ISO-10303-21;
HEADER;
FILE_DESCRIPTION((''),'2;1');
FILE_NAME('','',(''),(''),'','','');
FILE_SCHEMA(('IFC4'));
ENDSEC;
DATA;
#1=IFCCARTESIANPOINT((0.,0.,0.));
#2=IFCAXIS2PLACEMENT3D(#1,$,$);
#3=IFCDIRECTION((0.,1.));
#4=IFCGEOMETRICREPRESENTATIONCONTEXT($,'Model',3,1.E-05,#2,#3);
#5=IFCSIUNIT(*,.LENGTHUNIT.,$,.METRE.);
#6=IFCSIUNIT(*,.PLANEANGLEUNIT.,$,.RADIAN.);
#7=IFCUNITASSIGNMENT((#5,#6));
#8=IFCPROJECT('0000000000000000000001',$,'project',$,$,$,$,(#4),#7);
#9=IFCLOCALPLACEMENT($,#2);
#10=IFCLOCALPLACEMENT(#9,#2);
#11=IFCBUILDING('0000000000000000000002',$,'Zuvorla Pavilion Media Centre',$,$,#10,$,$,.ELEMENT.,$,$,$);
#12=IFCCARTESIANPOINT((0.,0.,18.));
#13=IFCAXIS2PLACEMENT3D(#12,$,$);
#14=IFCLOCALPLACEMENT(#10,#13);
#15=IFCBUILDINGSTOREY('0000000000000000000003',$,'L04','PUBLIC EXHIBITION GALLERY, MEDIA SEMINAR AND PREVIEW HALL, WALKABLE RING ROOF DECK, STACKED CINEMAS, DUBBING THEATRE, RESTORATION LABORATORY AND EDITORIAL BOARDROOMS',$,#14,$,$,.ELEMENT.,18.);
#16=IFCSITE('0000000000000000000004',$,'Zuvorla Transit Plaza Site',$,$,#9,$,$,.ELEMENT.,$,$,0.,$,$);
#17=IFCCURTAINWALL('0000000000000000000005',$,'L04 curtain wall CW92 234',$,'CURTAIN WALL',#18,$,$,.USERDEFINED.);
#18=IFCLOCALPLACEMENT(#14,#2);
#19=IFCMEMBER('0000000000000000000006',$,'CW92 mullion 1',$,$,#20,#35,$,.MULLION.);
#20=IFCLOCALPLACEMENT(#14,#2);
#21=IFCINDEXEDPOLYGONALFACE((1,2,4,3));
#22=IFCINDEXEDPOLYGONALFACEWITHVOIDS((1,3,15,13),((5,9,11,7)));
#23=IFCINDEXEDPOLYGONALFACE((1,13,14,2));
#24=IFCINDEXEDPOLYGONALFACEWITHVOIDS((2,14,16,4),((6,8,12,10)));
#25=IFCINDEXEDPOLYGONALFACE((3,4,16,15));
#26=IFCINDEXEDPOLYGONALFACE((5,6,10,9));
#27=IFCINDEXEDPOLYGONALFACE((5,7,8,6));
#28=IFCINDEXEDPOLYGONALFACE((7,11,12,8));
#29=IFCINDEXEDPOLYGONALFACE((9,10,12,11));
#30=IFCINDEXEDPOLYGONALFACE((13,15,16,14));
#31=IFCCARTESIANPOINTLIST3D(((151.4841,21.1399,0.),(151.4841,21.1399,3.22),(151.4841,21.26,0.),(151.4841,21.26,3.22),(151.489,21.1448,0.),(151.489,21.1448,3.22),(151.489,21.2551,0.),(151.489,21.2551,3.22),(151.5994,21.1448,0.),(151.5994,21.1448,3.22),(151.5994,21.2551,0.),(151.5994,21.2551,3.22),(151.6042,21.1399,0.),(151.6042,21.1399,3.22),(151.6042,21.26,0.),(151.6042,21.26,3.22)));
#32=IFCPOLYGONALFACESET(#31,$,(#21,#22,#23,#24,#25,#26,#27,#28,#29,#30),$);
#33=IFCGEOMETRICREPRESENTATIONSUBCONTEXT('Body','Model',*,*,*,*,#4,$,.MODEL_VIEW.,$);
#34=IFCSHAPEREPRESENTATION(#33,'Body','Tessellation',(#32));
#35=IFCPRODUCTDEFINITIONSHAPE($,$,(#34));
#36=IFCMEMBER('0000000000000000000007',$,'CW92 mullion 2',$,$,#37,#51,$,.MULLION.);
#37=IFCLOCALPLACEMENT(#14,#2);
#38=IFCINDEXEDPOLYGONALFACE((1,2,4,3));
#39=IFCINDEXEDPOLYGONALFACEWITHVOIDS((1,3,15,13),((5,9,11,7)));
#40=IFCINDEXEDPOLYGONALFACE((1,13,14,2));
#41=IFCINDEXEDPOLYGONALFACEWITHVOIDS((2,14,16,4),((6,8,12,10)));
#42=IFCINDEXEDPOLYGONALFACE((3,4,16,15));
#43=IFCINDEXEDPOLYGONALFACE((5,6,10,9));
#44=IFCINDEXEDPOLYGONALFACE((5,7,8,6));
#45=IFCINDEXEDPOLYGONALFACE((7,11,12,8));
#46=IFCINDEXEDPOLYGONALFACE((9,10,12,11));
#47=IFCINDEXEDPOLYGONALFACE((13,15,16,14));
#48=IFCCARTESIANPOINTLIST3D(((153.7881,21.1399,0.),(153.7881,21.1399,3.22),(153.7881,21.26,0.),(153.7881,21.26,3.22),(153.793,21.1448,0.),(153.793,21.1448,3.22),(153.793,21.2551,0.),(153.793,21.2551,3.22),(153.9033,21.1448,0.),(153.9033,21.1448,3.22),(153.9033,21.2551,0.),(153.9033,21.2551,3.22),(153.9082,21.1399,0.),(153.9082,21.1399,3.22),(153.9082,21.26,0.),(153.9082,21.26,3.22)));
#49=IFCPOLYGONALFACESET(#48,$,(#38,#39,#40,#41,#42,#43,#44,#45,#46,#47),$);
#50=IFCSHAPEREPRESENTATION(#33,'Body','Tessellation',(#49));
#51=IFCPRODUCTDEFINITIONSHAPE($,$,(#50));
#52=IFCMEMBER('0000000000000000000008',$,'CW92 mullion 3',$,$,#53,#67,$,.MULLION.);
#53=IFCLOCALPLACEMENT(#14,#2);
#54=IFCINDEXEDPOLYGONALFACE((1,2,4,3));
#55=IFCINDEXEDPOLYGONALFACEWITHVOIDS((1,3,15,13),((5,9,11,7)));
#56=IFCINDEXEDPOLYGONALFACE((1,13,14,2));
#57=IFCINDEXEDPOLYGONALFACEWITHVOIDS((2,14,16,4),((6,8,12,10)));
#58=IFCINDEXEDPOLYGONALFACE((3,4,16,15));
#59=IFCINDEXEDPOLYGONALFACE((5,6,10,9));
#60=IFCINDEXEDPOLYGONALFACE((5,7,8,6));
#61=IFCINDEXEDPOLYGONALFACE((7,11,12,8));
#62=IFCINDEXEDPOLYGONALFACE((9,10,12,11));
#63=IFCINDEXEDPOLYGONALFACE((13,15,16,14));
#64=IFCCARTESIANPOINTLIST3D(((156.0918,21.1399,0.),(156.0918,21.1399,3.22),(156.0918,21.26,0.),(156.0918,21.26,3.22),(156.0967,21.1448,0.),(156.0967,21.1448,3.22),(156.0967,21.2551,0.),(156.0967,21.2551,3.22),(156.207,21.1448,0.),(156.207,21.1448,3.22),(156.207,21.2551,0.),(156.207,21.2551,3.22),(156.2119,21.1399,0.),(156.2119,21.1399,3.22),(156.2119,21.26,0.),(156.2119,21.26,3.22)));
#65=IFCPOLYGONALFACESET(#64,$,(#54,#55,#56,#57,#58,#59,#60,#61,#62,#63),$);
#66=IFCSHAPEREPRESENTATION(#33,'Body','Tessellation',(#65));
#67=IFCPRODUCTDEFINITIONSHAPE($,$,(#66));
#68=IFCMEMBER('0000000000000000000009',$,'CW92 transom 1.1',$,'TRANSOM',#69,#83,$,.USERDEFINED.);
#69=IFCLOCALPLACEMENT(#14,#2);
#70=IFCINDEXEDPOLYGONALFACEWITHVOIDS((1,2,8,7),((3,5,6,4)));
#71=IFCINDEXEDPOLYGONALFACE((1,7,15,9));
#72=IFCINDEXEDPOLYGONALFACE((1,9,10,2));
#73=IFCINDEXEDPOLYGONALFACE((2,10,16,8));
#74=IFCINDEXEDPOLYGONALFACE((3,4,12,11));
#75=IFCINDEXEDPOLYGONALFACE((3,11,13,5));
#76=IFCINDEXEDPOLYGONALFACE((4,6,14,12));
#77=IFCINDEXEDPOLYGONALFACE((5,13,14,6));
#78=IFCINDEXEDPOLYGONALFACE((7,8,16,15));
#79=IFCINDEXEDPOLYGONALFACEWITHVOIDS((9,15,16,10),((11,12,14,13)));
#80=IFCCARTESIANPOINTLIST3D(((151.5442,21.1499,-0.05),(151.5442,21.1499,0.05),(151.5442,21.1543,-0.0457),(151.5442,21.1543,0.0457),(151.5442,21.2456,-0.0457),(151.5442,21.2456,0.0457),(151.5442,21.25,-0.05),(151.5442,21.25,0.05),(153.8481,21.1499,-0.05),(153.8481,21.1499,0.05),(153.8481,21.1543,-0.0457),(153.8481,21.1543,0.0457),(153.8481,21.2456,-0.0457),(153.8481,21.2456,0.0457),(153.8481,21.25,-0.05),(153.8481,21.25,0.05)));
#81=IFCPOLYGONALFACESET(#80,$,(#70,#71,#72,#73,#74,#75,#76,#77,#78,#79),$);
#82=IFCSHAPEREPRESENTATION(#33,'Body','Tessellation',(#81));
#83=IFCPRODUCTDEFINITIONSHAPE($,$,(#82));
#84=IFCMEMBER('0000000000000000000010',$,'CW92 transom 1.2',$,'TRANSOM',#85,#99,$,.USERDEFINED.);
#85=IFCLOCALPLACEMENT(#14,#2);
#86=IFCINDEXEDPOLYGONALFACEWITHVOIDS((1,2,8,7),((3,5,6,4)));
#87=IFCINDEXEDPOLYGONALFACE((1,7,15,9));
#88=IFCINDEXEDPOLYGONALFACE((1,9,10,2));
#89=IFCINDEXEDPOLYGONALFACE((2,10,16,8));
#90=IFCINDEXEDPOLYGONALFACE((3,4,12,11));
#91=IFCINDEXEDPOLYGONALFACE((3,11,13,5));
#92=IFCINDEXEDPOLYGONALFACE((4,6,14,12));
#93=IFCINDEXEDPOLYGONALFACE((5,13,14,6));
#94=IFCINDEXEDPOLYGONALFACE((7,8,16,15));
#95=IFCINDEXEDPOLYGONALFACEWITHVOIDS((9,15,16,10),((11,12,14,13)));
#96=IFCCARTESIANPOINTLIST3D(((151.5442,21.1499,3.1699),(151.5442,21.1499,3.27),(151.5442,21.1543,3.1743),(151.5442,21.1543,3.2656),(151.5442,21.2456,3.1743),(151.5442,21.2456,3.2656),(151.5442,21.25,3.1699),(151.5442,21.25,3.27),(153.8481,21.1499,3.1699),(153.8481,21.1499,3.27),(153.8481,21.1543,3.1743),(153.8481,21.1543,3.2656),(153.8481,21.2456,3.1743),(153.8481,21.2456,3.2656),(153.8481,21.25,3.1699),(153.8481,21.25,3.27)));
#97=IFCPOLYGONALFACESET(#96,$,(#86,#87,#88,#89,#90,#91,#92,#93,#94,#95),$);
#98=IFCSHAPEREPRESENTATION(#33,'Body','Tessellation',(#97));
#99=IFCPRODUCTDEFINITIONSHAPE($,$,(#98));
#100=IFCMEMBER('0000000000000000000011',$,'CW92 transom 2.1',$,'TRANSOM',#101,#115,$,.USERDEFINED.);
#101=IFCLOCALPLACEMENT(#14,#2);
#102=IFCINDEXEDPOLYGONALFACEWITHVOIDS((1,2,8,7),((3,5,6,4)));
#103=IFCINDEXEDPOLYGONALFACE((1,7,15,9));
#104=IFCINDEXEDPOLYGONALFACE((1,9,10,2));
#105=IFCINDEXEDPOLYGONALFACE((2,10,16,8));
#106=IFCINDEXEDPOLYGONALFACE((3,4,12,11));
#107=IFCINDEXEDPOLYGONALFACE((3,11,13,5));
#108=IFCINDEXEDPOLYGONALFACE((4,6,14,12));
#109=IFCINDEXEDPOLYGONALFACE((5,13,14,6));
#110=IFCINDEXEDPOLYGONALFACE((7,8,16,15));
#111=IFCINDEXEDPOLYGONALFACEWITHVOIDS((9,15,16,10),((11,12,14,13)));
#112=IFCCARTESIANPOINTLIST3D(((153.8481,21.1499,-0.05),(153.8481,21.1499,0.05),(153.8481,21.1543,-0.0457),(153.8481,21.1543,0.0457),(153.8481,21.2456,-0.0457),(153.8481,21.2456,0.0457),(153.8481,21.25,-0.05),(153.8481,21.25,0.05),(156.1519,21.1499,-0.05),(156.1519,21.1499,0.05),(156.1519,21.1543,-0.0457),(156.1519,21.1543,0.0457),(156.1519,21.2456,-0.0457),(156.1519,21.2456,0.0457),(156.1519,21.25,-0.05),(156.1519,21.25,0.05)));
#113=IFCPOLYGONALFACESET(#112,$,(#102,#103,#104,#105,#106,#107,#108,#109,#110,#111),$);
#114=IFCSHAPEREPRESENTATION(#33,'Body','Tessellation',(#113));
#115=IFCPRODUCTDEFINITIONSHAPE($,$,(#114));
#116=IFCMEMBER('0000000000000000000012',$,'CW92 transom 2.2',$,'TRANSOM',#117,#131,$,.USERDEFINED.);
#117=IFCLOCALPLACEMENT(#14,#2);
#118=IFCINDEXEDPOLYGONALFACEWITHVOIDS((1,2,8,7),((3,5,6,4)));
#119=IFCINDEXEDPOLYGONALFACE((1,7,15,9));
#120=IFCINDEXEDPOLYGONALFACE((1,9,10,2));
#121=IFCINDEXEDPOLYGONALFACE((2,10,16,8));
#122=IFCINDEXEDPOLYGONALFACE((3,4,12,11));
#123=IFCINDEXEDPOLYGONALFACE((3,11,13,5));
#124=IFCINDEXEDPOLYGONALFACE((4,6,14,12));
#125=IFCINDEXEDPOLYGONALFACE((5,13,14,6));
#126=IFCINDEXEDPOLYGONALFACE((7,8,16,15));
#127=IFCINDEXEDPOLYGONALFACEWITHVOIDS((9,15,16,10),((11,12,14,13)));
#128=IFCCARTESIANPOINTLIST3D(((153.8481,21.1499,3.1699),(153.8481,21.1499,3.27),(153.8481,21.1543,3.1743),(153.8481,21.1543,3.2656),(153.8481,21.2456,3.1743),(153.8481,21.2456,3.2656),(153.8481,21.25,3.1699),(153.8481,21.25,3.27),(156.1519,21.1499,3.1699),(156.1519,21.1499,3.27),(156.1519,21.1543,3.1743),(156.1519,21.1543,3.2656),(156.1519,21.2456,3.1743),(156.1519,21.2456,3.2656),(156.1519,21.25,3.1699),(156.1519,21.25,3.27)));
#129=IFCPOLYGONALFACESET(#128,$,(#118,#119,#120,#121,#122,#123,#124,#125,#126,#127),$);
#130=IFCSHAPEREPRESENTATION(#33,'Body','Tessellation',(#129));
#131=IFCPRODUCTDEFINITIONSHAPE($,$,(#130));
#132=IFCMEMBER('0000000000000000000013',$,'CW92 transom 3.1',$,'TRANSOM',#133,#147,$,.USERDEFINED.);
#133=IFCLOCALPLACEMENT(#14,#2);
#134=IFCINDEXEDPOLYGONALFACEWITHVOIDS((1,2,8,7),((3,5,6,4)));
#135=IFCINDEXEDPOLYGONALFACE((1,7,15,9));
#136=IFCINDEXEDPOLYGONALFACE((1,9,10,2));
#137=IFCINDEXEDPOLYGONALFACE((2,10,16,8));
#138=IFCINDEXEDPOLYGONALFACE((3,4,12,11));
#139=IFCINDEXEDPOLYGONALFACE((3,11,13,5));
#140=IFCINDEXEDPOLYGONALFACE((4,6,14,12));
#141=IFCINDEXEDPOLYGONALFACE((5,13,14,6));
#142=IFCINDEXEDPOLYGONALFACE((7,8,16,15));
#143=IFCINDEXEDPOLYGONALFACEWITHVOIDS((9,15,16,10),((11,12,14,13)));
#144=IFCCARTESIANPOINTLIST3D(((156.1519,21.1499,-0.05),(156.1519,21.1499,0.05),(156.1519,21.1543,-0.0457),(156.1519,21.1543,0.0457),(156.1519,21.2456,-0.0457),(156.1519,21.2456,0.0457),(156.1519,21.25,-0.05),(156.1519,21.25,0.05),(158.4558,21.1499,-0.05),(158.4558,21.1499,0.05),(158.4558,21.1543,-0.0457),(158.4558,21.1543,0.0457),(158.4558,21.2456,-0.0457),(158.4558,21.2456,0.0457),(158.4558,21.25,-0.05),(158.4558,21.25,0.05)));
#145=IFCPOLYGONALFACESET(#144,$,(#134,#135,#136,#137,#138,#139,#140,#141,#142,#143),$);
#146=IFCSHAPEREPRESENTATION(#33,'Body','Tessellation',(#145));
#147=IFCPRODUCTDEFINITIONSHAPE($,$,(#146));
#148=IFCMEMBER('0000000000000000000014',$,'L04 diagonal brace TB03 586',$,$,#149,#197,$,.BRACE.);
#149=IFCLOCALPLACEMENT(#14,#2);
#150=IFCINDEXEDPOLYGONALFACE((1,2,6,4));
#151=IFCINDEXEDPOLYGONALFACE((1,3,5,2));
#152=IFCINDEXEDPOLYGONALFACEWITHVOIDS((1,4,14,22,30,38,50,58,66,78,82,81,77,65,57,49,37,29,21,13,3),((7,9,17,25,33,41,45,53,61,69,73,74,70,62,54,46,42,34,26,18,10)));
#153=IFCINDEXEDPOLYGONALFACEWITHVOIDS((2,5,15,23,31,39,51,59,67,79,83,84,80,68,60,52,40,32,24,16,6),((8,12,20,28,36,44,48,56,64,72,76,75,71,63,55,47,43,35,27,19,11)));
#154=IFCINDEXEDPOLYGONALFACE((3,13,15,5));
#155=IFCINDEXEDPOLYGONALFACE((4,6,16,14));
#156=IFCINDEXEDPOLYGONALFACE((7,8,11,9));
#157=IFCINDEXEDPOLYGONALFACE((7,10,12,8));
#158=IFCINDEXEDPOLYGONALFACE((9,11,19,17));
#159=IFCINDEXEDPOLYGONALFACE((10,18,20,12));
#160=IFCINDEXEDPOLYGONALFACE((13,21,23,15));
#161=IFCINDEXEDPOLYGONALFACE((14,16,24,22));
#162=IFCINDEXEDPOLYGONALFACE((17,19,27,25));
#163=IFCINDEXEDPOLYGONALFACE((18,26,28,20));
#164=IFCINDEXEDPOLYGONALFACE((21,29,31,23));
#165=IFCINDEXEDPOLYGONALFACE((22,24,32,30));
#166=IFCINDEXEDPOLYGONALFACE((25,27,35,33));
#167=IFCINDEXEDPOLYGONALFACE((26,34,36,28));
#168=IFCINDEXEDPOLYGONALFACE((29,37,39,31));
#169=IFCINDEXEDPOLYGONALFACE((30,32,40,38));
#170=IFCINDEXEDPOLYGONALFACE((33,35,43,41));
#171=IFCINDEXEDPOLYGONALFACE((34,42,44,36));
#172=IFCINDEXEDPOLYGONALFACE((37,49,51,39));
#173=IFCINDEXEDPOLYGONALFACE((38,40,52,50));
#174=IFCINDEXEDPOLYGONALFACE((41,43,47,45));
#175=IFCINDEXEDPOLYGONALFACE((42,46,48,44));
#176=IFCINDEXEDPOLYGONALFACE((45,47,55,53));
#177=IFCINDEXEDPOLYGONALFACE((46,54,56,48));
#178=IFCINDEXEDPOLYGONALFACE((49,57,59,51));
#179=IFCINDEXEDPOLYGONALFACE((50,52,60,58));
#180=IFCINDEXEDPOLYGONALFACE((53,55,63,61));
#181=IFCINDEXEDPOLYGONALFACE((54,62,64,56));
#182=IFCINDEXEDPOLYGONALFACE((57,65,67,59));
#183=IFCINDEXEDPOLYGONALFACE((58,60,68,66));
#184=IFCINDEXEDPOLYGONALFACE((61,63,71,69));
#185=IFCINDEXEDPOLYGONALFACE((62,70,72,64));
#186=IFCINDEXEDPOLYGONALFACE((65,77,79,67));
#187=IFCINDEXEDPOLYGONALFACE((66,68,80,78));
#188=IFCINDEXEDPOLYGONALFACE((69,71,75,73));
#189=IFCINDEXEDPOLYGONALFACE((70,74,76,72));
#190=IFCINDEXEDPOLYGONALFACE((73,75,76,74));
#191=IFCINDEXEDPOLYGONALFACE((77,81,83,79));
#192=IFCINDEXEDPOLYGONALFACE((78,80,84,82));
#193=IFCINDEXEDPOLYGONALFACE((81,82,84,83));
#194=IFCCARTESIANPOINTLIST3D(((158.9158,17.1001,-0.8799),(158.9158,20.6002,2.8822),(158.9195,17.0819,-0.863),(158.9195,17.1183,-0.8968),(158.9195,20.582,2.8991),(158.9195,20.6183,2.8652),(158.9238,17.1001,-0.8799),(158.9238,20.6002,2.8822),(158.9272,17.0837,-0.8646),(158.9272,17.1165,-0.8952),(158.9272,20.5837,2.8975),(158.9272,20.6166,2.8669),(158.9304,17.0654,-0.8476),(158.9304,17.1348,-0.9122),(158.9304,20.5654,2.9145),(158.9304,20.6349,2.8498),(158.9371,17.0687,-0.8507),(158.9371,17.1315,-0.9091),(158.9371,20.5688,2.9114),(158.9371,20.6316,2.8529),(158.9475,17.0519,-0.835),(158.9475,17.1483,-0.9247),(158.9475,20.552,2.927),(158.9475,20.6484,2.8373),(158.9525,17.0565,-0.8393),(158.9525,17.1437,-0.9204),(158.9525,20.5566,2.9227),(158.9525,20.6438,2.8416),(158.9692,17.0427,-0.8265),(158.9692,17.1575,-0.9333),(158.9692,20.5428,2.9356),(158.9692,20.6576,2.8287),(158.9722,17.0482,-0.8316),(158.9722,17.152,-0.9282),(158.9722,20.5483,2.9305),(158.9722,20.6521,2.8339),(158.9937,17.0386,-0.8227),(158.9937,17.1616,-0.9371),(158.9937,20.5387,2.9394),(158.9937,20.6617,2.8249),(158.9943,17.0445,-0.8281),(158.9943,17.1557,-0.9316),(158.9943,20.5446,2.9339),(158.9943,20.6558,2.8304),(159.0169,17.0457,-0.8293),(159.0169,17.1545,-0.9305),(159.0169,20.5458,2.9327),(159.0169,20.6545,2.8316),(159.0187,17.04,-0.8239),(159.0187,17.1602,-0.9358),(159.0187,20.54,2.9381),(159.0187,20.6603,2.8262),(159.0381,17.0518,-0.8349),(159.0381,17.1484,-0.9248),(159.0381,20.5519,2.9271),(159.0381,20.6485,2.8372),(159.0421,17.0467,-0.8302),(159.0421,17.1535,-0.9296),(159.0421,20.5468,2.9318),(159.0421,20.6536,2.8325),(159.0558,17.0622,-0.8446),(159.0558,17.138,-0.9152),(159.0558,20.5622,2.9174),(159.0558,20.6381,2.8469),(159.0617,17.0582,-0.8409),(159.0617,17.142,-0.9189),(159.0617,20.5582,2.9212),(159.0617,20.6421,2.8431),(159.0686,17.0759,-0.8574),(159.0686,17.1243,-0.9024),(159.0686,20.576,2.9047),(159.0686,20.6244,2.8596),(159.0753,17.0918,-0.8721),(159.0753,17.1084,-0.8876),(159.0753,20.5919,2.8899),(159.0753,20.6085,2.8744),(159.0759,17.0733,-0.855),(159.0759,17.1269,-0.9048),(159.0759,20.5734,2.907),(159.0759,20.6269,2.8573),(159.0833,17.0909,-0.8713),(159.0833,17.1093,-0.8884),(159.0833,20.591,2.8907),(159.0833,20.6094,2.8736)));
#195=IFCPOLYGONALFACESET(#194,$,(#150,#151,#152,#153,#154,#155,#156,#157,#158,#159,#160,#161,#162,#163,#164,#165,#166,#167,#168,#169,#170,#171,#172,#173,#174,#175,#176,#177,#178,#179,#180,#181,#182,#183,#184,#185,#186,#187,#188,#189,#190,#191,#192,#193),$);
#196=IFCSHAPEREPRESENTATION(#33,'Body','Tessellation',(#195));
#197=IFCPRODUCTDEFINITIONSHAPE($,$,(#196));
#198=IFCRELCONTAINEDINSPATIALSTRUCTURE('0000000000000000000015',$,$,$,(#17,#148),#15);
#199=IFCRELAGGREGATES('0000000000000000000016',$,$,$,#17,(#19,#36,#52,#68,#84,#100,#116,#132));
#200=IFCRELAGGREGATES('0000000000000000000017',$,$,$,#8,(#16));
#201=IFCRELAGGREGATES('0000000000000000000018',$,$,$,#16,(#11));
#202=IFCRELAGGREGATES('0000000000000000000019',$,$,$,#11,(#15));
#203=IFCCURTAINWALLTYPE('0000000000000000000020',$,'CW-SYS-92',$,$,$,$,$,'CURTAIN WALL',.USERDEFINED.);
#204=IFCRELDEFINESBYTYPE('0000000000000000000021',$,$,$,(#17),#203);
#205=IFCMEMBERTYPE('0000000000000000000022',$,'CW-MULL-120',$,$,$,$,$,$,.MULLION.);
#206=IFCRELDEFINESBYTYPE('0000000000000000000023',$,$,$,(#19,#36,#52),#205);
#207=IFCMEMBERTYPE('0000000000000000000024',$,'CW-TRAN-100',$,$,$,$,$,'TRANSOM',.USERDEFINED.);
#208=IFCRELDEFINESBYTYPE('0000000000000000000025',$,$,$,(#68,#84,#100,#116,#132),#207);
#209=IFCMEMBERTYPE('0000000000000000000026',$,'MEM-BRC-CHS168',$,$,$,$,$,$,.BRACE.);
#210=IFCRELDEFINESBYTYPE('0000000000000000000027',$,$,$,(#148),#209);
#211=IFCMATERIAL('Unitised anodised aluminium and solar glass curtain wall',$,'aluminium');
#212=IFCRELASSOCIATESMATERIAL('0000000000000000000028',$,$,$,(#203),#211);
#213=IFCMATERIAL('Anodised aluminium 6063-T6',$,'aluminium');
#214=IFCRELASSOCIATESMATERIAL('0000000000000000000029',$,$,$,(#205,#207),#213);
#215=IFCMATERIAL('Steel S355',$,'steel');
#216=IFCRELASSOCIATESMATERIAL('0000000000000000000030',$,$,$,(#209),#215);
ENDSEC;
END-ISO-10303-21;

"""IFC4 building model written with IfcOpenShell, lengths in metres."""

from ifc_helpers import new_model, si_unit, direction, frame, origin, origin_2d, place, context, subcontext, project, spatial, hollow_rectangle, hollow_circle, extrude, material, material_profile, profile_set, type_object, element, aggregate, save


model = new_model("IFC4")

# Units and contexts
model_context = context("Model", 3, precision=1e-05, world=origin(), true_north=direction((0.0, 1.0)))
body_context = subcontext(model_context, "Body", "Model", "MODEL_VIEW")
ifc_project = project(units=[si_unit("LENGTHUNIT", "METRE"), si_unit("PLANEANGLEUNIT", "RADIAN")], contexts=[model_context])

# Site, building, storey
site_placement = place(None, origin())
site = spatial("IfcSite", under=ifc_project, at=site_placement, Name="Zuvorla Transit Plaza Site", CompositionType="ELEMENT", RefElevation=0.0)
building_placement = place(site_placement, origin())
building = spatial("IfcBuilding", under=site, at=building_placement, Name="Zuvorla Pavilion Media Centre", CompositionType="ELEMENT")
storey_placement = place(building_placement, frame((0.0, 0.0, 18.0)))
storey = spatial("IfcBuildingStorey", under=building, at=storey_placement, Name="L04", Description="PUBLIC EXHIBITION GALLERY, MEDIA SEMINAR AND PREVIEW HALL, WALKABLE RING ROOF DECK, STACKED CINEMAS, DUBBING THEATRE, RESTORATION LABORATORY AND EDITORIAL BOARDROOMS", CompositionType="ELEMENT", Elevation=18.0)

# Curtain wall, members
ifc_material_1 = material(Name="Unitised anodised aluminium and solar glass curtain wall", Category="aluminium")
curtain_wall_type = type_object("IfcCurtainWallType", Name="CW-SYS-92", ElementType="CURTAIN WALL", PredefinedType="USERDEFINED", material=ifc_material_1)
curtain_wall_placement = place(storey_placement, origin())
curtain_wall = element("IfcCurtainWall", 1, at=curtain_wall_placement, inside=storey, type_object=curtain_wall_type, Name="L04 curtain wall CW92 234", ObjectType="CURTAIN WALL", PredefinedType="USERDEFINED")
ifc_material_2 = material(Name="Anodised aluminium 6063-T6", Category="aluminium")
ifc_material_profile_1 = material_profile(ifc_material_2, hollow_rectangle(XDim=0.1201, YDim=0.1201, WallThickness=0.0049, at=origin_2d()), Name="ALU MULL 120x120")
ifc_profile_set_1 = profile_set([ifc_material_profile_1], Name="Anodised aluminium 6063-T6")
member_type_1 = type_object("IfcMemberType", Name="CW-MULL-120", PredefinedType="MULLION", material=ifc_profile_set_1)
member_1_placement = place(storey_placement, frame((151.5442, 21.2, 0.0), z_axis=(0.0, 0.0, 1.0), x_axis=(1.0, 0.0, 0.0)))
member_1 = element("IfcMember", 2, at=member_1_placement, type_object=member_type_1, Name="CW92 mullion 1", PredefinedType="MULLION", context=body_context, shape_type="SweptSolid", body=[
    extrude(hollow_rectangle(XDim=0.1201, YDim=0.1201, WallThickness=0.0049, at=origin_2d()), origin(), (0.0, 0.0, 1.0), 3.22),
])
member_2_placement = place(storey_placement, frame((153.8481, 21.2, 0.0), z_axis=(0.0, 0.0, 1.0), x_axis=(1.0, 0.0, 0.0)))
member_2 = element("IfcMember", 3, at=member_2_placement, type_object=member_type_1, Name="CW92 mullion 2", PredefinedType="MULLION", context=body_context, shape_type="SweptSolid", body=[
    extrude(hollow_rectangle(XDim=0.1201, YDim=0.1201, WallThickness=0.0049, at=origin_2d()), origin(), (0.0, 0.0, 1.0), 3.22),
])
member_3_placement = place(storey_placement, frame((156.1519, 21.2, 0.0), z_axis=(0.0, 0.0, 1.0), x_axis=(1.0, 0.0, 0.0)))
member_3 = element("IfcMember", 4, at=member_3_placement, type_object=member_type_1, Name="CW92 mullion 3", PredefinedType="MULLION", context=body_context, shape_type="SweptSolid", body=[
    extrude(hollow_rectangle(XDim=0.1201, YDim=0.1201, WallThickness=0.0049, at=origin_2d()), origin(), (0.0, 0.0, 1.0), 3.22),
])
ifc_material_profile_2 = material_profile(ifc_material_2, hollow_rectangle(XDim=0.1001, YDim=0.1001, WallThickness=0.0044, at=origin_2d()), Name="ALU TRAN 100x100")
ifc_profile_set_2 = profile_set([ifc_material_profile_2], Name="Anodised aluminium 6063-T6")
member_type_2 = type_object("IfcMemberType", Name="CW-TRAN-100", ElementType="TRANSOM", PredefinedType="USERDEFINED", material=ifc_profile_set_2)
member_4_placement = place(storey_placement, frame((151.5442, 21.2, 0.0), z_axis=(1.0, 0.0, 0.0), x_axis=(0.0, 1.0, 0.0)))
member_4 = element("IfcMember", 5, at=member_4_placement, type_object=member_type_2, Name="CW92 transom 1.1", ObjectType="TRANSOM", PredefinedType="USERDEFINED", context=body_context, shape_type="SweptSolid", body=[
    extrude(hollow_rectangle(XDim=0.1001, YDim=0.1001, WallThickness=0.0044, at=origin_2d()), origin(), (0.0, 0.0, 1.0), 2.304),
])
member_5_placement = place(storey_placement, frame((151.5442, 21.2, 3.22), z_axis=(1.0, 0.0, 0.0), x_axis=(0.0, 1.0, 0.0)))
member_5 = element("IfcMember", 6, at=member_5_placement, type_object=member_type_2, Name="CW92 transom 1.2", ObjectType="TRANSOM", PredefinedType="USERDEFINED", context=body_context, shape_type="SweptSolid", body=[
    extrude(hollow_rectangle(XDim=0.1001, YDim=0.1001, WallThickness=0.0044, at=origin_2d()), origin(), (0.0, 0.0, 1.0), 2.304),
])
member_6_placement = place(storey_placement, frame((153.8481, 21.2, 0.0), z_axis=(1.0, 0.0, 0.0), x_axis=(0.0, 1.0, 0.0)))
member_6 = element("IfcMember", 7, at=member_6_placement, type_object=member_type_2, Name="CW92 transom 2.1", ObjectType="TRANSOM", PredefinedType="USERDEFINED", context=body_context, shape_type="SweptSolid", body=[
    extrude(hollow_rectangle(XDim=0.1001, YDim=0.1001, WallThickness=0.0044, at=origin_2d()), origin(), (0.0, 0.0, 1.0), 2.3037),
])
member_7_placement = place(storey_placement, frame((153.8481, 21.2, 3.22), z_axis=(1.0, 0.0, 0.0), x_axis=(0.0, 1.0, 0.0)))
member_7 = element("IfcMember", 8, at=member_7_placement, type_object=member_type_2, Name="CW92 transom 2.2", ObjectType="TRANSOM", PredefinedType="USERDEFINED", context=body_context, shape_type="SweptSolid", body=[
    extrude(hollow_rectangle(XDim=0.1001, YDim=0.1001, WallThickness=0.0044, at=origin_2d()), origin(), (0.0, 0.0, 1.0), 2.3037),
])
member_8_placement = place(storey_placement, frame((156.1519, 21.2, 0.0), z_axis=(1.0, 0.0, 0.0), x_axis=(0.0, 1.0, 0.0)))
member_8 = element("IfcMember", 9, at=member_8_placement, type_object=member_type_2, Name="CW92 transom 3.1", ObjectType="TRANSOM", PredefinedType="USERDEFINED", context=body_context, shape_type="SweptSolid", body=[
    extrude(hollow_rectangle(XDim=0.1001, YDim=0.1001, WallThickness=0.0044, at=origin_2d()), origin(), (0.0, 0.0, 1.0), 2.304),
])

# Member
ifc_material_3 = material(Name="Steel S355", Category="steel")
ifc_material_profile_3 = material_profile(ifc_material_3, hollow_circle(Radius=0.0842, WallThickness=0.0081, at=origin_2d()), Name="CHS 168.3x8")
ifc_profile_set_3 = profile_set([ifc_material_profile_3], Name="Steel S355")
member_type_3 = type_object("IfcMemberType", Name="MEM-BRC-CHS168", PredefinedType="BRACE", material=ifc_profile_set_3)
member_9_placement = place(storey_placement, frame((159.0, 17.1001, -0.8799), z_axis=(0.0, 0.681156, 0.732138), x_axis=(-1.0, 0.0, 0.0)))
element("IfcMember", 10, at=member_9_placement, inside=storey, type_object=member_type_3, Name="L04 diagonal brace TB03 586", PredefinedType="BRACE", context=body_context, shape_type="SweptSolid", body=[
    extrude(hollow_circle(Radius=0.0842, WallThickness=0.0081, at=origin_2d()), origin(), (0.0, 0.0, 1.0), 5.1384),
])

aggregate(curtain_wall, [member_1, member_2, member_3, member_4, member_5, member_6, member_7, member_8])

save(model, "model.ifc")
